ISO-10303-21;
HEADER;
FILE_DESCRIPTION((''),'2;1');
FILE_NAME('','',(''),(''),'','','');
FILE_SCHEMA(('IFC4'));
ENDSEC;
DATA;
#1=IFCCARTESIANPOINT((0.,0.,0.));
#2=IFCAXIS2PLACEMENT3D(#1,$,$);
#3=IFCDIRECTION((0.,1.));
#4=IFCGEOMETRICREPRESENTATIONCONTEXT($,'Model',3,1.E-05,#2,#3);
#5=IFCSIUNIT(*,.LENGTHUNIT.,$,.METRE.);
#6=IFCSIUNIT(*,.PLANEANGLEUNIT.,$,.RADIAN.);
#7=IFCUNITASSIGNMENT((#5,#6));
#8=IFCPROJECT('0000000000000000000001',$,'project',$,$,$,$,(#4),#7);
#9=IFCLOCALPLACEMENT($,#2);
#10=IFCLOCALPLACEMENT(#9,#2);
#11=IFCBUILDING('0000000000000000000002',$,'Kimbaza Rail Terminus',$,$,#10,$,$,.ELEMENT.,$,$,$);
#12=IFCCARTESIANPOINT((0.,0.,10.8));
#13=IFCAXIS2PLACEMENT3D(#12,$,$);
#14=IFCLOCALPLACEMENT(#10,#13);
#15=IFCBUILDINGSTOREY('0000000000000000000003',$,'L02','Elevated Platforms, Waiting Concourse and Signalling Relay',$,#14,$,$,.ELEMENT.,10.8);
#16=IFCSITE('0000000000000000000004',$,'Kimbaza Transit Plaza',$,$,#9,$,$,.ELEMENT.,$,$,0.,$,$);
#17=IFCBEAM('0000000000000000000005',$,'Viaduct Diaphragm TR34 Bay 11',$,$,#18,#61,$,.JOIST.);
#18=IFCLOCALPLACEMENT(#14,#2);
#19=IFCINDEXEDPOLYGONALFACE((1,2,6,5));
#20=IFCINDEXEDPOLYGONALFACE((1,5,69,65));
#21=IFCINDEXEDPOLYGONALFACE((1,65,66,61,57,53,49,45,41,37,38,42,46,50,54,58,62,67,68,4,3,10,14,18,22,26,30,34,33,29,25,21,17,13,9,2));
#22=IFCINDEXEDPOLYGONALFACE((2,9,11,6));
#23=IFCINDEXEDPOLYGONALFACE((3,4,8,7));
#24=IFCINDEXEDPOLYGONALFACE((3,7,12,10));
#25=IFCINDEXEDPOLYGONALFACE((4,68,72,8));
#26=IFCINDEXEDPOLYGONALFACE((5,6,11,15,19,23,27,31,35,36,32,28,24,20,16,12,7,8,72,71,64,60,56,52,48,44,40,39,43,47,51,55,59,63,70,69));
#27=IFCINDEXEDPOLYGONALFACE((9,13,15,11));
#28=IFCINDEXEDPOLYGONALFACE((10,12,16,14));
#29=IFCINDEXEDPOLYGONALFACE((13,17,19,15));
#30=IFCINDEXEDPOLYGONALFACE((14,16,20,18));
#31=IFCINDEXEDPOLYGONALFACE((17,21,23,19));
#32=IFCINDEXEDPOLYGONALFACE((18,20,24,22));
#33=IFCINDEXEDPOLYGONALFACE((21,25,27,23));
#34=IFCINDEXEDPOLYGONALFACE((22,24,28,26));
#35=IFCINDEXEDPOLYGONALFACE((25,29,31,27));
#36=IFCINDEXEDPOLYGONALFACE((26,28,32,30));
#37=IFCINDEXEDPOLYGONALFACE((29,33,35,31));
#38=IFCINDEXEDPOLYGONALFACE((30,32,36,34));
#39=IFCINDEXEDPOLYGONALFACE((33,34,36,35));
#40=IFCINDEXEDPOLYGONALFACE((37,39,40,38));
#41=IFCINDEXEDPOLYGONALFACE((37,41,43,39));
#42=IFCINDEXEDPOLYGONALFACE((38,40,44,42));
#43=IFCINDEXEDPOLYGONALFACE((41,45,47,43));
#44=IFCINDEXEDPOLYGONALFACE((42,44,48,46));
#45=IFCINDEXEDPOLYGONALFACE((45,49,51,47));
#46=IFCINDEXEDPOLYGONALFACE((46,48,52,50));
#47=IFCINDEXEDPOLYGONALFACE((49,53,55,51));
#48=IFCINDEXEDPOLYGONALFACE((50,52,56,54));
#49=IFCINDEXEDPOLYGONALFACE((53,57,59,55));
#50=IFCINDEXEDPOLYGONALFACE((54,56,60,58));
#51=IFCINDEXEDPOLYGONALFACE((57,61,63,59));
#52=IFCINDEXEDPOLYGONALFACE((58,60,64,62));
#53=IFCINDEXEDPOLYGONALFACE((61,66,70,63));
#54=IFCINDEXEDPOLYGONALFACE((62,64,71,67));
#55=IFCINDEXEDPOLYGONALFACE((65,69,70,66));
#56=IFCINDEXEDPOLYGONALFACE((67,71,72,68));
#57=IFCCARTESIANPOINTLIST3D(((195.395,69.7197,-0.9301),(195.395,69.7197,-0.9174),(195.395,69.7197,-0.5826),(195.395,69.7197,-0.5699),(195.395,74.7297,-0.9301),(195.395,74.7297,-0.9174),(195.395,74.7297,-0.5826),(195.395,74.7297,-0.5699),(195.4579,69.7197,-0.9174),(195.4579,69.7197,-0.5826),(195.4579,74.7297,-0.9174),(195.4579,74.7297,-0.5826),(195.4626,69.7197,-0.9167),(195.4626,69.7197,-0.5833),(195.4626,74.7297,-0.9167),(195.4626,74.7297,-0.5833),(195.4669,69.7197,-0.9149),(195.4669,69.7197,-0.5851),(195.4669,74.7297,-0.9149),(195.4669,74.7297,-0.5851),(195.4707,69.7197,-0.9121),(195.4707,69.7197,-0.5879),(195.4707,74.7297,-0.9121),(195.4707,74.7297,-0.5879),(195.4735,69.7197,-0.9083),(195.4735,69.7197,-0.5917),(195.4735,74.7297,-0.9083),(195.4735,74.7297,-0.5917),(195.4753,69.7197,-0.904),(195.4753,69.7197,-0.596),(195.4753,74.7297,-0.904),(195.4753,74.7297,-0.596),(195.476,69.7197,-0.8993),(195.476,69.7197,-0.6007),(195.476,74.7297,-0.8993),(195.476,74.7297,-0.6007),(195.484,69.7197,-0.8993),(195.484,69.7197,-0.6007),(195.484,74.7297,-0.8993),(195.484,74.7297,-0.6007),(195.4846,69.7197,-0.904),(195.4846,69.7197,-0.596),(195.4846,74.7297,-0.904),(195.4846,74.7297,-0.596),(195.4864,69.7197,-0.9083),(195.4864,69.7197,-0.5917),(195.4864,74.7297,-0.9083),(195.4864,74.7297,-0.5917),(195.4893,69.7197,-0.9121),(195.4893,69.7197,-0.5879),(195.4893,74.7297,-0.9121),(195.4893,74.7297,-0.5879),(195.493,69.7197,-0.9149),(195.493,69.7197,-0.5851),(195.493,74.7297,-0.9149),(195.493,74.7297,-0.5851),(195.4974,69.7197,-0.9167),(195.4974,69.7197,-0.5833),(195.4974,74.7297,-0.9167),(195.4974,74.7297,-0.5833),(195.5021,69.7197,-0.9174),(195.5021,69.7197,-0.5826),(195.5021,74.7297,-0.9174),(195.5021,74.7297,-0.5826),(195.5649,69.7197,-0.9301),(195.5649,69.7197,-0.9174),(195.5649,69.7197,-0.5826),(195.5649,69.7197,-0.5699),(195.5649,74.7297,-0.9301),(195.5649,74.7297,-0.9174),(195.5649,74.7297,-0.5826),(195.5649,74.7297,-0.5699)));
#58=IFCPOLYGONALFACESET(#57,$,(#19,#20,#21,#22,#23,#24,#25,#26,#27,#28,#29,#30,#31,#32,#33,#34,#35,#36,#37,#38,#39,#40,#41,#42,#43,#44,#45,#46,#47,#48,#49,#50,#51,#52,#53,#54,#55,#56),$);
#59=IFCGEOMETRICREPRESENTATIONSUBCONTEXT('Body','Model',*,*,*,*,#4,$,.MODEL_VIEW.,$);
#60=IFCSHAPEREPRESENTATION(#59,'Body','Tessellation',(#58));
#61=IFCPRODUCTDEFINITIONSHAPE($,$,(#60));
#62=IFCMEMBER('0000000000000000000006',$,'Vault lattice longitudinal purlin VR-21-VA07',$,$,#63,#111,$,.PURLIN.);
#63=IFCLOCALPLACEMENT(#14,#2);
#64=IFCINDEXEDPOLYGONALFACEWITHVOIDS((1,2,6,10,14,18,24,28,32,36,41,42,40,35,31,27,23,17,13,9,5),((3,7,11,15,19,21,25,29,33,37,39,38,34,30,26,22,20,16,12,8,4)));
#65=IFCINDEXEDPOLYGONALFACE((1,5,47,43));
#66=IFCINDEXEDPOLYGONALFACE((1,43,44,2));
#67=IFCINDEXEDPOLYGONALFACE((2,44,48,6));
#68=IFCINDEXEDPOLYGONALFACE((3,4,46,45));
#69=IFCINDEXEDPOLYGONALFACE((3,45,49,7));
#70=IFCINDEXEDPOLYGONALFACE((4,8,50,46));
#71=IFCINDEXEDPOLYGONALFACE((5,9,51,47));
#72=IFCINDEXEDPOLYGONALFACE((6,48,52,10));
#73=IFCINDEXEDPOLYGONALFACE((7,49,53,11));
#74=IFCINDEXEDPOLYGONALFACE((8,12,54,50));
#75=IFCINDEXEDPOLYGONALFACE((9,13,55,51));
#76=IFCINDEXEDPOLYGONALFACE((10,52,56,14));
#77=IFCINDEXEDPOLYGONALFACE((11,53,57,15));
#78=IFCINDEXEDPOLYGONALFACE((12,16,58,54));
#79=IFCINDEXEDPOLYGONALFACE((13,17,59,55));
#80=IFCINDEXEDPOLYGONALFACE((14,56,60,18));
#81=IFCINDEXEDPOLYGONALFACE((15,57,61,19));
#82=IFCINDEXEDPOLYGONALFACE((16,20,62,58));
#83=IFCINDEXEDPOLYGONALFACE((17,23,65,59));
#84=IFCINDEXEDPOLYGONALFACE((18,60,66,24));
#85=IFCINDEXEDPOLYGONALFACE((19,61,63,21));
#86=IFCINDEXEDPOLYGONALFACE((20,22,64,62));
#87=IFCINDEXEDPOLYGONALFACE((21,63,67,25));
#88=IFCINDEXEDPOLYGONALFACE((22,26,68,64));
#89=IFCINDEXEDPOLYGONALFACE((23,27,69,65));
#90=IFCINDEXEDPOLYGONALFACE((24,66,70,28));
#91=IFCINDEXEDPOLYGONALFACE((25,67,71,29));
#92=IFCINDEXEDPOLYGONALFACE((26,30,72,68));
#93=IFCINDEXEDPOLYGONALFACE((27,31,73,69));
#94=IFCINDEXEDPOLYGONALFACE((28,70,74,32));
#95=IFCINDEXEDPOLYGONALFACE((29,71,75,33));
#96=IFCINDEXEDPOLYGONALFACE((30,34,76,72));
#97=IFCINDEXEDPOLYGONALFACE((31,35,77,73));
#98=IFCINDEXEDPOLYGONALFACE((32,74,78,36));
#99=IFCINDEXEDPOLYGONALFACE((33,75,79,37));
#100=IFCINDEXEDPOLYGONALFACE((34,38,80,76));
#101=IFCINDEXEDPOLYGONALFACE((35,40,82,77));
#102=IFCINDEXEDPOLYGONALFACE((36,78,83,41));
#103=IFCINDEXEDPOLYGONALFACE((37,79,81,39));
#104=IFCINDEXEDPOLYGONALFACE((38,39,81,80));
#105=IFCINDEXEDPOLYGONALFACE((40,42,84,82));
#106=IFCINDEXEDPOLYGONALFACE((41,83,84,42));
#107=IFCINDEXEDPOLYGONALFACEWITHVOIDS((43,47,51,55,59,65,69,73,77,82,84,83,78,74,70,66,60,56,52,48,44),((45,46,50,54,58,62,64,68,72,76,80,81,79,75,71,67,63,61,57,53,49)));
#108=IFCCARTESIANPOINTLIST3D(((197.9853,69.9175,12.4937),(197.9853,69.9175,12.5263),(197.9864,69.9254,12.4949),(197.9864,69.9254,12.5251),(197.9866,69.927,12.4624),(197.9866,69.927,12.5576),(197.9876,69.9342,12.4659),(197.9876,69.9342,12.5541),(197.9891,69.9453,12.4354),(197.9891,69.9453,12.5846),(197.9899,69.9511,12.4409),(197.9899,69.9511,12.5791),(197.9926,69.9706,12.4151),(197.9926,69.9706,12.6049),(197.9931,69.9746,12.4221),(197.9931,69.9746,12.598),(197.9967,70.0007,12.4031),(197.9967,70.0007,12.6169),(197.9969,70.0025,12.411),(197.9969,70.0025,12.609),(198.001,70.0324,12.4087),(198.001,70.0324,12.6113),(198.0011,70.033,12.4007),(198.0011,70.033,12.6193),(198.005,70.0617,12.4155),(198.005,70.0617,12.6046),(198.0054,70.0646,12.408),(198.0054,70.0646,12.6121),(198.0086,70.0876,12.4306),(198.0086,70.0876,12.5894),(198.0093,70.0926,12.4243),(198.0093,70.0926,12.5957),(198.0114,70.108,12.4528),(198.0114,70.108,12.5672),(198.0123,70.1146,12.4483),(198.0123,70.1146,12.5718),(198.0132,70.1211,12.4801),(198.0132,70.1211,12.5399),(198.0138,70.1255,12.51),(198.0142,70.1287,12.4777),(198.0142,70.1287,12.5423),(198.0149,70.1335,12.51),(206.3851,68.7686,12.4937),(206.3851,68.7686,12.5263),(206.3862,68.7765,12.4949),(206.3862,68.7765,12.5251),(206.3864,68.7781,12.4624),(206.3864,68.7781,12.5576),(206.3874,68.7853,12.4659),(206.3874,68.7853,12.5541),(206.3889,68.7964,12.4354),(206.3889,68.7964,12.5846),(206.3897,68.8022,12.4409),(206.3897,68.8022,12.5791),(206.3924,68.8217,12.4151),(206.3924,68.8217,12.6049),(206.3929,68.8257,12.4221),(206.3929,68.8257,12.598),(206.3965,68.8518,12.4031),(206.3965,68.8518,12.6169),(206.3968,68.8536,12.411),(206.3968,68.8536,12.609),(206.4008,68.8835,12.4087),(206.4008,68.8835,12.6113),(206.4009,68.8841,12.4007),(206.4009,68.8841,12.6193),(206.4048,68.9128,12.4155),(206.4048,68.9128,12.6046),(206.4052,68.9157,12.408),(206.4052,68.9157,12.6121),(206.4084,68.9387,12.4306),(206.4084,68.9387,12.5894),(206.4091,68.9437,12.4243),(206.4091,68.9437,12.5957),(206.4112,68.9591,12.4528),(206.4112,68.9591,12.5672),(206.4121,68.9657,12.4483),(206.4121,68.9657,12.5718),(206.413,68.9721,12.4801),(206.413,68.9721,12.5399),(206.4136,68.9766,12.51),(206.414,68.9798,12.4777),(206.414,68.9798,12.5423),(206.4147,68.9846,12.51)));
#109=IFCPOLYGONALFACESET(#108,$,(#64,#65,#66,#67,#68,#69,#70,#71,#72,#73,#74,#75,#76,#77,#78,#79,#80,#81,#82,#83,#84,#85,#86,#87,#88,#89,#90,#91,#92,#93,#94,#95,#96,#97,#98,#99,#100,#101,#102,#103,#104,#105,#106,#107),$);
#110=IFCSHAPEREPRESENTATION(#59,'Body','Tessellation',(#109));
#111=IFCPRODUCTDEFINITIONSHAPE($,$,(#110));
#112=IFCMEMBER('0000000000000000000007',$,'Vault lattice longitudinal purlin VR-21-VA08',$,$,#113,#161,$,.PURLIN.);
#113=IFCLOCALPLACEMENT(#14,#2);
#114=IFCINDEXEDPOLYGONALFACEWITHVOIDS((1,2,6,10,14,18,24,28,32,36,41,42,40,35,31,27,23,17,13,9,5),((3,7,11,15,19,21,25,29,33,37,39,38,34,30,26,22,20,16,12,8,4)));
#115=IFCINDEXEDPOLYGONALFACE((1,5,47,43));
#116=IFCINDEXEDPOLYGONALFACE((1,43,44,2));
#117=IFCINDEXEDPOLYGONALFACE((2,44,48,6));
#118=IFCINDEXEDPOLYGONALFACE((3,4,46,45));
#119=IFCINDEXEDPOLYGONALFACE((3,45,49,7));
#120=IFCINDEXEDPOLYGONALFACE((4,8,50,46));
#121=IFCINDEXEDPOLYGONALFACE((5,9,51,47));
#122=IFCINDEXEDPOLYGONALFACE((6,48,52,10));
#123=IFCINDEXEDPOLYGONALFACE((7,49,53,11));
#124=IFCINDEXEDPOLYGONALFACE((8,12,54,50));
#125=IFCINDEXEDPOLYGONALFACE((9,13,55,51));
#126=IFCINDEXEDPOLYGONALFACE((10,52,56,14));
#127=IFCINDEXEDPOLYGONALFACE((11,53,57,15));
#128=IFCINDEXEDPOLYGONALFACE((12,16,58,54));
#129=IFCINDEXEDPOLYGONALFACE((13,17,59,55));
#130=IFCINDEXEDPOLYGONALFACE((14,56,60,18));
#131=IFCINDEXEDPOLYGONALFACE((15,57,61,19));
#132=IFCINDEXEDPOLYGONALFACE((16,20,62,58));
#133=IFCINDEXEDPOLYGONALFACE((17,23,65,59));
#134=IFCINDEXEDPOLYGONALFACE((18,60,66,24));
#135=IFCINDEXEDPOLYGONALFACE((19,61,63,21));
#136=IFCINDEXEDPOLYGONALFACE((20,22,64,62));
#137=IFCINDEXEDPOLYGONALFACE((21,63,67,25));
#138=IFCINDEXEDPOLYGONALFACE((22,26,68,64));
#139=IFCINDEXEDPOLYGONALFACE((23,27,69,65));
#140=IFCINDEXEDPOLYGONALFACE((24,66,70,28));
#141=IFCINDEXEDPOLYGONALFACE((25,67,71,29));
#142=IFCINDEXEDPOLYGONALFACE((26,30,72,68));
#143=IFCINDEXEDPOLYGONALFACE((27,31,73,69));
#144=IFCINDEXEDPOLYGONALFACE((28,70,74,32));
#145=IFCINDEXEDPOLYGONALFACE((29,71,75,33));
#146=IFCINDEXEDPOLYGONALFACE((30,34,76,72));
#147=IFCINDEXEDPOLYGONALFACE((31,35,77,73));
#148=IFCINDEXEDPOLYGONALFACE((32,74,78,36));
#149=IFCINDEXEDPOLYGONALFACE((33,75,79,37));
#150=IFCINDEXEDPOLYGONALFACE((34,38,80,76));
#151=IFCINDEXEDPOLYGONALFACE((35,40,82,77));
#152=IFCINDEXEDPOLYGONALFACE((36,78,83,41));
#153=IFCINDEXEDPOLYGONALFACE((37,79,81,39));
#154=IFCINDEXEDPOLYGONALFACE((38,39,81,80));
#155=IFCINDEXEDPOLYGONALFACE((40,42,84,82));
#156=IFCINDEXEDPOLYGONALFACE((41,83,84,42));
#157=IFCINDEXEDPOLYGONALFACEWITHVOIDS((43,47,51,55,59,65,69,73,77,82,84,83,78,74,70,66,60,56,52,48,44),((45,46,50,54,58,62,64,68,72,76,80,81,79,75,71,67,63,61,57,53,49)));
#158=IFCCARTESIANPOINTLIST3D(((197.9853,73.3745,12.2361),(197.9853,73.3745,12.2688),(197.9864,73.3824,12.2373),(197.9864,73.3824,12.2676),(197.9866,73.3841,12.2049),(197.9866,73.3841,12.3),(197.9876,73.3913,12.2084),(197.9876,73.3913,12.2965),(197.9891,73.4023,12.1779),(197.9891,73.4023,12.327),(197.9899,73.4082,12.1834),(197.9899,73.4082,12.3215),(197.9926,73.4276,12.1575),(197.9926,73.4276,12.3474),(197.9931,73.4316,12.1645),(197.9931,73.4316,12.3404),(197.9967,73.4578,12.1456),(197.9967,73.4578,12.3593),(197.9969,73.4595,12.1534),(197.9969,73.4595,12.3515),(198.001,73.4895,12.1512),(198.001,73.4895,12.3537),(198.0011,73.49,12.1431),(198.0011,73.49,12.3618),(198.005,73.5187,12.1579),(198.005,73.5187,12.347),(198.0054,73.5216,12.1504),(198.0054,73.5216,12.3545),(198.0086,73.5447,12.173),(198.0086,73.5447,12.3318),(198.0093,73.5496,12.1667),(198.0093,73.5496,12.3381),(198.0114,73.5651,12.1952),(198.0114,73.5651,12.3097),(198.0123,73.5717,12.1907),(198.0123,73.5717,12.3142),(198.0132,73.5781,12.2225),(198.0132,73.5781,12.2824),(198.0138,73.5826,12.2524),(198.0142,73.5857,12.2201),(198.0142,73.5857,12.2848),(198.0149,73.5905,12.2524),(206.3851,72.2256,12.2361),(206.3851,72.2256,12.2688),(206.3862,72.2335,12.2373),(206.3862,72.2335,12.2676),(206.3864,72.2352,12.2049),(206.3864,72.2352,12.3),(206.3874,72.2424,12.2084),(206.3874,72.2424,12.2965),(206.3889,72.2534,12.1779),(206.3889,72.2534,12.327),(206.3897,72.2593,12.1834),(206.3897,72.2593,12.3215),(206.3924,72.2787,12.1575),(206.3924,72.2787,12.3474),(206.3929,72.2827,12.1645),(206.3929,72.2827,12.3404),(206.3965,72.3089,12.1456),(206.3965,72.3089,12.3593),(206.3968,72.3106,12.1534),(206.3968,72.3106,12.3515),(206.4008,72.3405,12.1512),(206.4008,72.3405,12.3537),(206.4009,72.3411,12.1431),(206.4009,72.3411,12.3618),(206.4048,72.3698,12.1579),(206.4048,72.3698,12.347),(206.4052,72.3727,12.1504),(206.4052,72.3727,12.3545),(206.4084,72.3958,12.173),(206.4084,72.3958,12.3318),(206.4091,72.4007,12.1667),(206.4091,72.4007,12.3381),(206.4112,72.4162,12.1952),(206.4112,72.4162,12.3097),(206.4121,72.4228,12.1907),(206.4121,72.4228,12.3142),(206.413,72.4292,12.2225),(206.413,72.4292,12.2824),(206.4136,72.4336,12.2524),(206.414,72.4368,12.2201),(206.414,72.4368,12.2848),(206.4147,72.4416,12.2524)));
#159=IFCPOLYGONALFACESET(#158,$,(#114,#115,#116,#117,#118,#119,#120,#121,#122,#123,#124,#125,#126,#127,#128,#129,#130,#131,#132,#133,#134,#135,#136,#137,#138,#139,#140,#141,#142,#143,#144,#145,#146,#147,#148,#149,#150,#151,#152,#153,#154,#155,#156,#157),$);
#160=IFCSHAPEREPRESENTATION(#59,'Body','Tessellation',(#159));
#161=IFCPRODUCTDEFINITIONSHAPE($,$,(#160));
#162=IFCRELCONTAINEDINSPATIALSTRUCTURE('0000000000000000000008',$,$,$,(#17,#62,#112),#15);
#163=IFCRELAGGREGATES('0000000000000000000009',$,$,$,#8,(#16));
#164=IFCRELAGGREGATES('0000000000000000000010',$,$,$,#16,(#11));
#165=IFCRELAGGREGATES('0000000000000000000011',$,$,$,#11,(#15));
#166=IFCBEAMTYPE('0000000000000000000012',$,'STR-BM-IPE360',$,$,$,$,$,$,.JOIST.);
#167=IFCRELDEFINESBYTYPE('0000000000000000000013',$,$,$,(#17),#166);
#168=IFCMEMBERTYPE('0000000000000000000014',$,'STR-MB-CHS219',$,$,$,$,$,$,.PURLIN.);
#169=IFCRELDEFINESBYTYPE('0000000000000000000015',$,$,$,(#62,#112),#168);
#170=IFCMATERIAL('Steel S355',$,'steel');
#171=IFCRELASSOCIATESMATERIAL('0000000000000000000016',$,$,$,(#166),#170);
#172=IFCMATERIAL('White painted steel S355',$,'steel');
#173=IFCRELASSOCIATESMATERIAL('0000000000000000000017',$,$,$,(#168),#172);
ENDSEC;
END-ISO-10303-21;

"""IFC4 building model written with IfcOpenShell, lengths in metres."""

from ifc_helpers import new_model, si_unit, direction, frame, origin, origin_2d, place, context, subcontext, project, spatial, hollow_circle, i_section, extrude, material, material_profile, profile_set, type_object, element, save


model = new_model("IFC4")

# Units and contexts
model_context = context("Model", 3, precision=1e-05, world=origin(), true_north=direction((0.0, 1.0)))
body_context = subcontext(model_context, "Body", "Model", "MODEL_VIEW")
ifc_project = project(units=[si_unit("LENGTHUNIT", "METRE"), si_unit("PLANEANGLEUNIT", "RADIAN")], contexts=[model_context])

# Site, building, storey
site_placement = place(None, origin())
site = spatial("IfcSite", under=ifc_project, at=site_placement, Name="Kimbaza Transit Plaza", CompositionType="ELEMENT", RefElevation=0.0)
building_placement = place(site_placement, origin())
building = spatial("IfcBuilding", under=site, at=building_placement, Name="Kimbaza Rail Terminus", CompositionType="ELEMENT")
storey_placement = place(building_placement, frame((0.0, 0.0, 10.8)))
storey = spatial("IfcBuildingStorey", under=building, at=storey_placement, Name="L02", Description="Elevated Platforms, Waiting Concourse and Signalling Relay", CompositionType="ELEMENT", Elevation=10.8)

# Beam
ifc_material_1 = material(Name="Steel S355", Category="steel")
ifc_material_profile_1 = material_profile(ifc_material_1, i_section(OverallWidth=0.1699, OverallDepth=0.3601, WebThickness=0.0081, FlangeThickness=0.0127, FilletRadius=0.0181, at=origin_2d()), Name="IPE 360")
ifc_profile_set_1 = profile_set([ifc_material_profile_1], Name="Steel S355")
beam_type = type_object("IfcBeamType", Name="STR-BM-IPE360", PredefinedType="JOIST", material=ifc_profile_set_1)
beam_placement = place(storey_placement, frame((195.48, 69.7197, -0.75), z_axis=(0.0, 1.0, 0.0), x_axis=(-1.0, 0.0, 0.0)))
element("IfcBeam", 1, at=beam_placement, inside=storey, type_object=beam_type, Name="Viaduct Diaphragm TR34 Bay 11", PredefinedType="JOIST", context=body_context, shape_type="SweptSolid", body=[
    extrude(i_section(OverallWidth=0.1699, OverallDepth=0.3601, WebThickness=0.0081, FlangeThickness=0.0127, FilletRadius=0.0181, at=origin_2d()), origin(), (0.0, 0.0, 1.0), 5.01),
])

# Members
ifc_material_2 = material(Name="White painted steel S355", Category="steel")
ifc_material_profile_2 = material_profile(ifc_material_2, hollow_circle(Radius=0.1096, WallThickness=0.0081, at=origin_2d()), Name="CHS 219.1x8")
ifc_profile_set_2 = profile_set([ifc_material_profile_2], Name="White painted steel S355")
member_type_1 = type_object("IfcMemberType", Name="STR-MB-CHS219", PredefinedType="PURLIN", material=ifc_profile_set_2)
for number, where, z_axis, x_axis, name in (
    (2, (198.0, 70.0249, 12.51), (0.990775, -0.135517, 0.0), (0.135517, 0.990775, 0.0), "Vault lattice longitudinal purlin VR-21-VA07"),
    (3, (198.0, 73.4819, 12.2524), (0.990775, -0.135517, 0.0), (0.135517, 0.990775, 0.0), "Vault lattice longitudinal purlin VR-21-VA08"),
):
    element("IfcMember", number, at=place(storey_placement, frame(where, z_axis=z_axis, x_axis=x_axis)), inside=storey, type_object=member_type_1, Name=name, PredefinedType="PURLIN", context=body_context, shape_type="SweptSolid", body=[
        extrude(hollow_circle(Radius=0.1096, WallThickness=0.0081, at=origin_2d()), origin(), (0.0, 0.0, 1.0), 8.478),
    ])

save(model, "model.ifc")
